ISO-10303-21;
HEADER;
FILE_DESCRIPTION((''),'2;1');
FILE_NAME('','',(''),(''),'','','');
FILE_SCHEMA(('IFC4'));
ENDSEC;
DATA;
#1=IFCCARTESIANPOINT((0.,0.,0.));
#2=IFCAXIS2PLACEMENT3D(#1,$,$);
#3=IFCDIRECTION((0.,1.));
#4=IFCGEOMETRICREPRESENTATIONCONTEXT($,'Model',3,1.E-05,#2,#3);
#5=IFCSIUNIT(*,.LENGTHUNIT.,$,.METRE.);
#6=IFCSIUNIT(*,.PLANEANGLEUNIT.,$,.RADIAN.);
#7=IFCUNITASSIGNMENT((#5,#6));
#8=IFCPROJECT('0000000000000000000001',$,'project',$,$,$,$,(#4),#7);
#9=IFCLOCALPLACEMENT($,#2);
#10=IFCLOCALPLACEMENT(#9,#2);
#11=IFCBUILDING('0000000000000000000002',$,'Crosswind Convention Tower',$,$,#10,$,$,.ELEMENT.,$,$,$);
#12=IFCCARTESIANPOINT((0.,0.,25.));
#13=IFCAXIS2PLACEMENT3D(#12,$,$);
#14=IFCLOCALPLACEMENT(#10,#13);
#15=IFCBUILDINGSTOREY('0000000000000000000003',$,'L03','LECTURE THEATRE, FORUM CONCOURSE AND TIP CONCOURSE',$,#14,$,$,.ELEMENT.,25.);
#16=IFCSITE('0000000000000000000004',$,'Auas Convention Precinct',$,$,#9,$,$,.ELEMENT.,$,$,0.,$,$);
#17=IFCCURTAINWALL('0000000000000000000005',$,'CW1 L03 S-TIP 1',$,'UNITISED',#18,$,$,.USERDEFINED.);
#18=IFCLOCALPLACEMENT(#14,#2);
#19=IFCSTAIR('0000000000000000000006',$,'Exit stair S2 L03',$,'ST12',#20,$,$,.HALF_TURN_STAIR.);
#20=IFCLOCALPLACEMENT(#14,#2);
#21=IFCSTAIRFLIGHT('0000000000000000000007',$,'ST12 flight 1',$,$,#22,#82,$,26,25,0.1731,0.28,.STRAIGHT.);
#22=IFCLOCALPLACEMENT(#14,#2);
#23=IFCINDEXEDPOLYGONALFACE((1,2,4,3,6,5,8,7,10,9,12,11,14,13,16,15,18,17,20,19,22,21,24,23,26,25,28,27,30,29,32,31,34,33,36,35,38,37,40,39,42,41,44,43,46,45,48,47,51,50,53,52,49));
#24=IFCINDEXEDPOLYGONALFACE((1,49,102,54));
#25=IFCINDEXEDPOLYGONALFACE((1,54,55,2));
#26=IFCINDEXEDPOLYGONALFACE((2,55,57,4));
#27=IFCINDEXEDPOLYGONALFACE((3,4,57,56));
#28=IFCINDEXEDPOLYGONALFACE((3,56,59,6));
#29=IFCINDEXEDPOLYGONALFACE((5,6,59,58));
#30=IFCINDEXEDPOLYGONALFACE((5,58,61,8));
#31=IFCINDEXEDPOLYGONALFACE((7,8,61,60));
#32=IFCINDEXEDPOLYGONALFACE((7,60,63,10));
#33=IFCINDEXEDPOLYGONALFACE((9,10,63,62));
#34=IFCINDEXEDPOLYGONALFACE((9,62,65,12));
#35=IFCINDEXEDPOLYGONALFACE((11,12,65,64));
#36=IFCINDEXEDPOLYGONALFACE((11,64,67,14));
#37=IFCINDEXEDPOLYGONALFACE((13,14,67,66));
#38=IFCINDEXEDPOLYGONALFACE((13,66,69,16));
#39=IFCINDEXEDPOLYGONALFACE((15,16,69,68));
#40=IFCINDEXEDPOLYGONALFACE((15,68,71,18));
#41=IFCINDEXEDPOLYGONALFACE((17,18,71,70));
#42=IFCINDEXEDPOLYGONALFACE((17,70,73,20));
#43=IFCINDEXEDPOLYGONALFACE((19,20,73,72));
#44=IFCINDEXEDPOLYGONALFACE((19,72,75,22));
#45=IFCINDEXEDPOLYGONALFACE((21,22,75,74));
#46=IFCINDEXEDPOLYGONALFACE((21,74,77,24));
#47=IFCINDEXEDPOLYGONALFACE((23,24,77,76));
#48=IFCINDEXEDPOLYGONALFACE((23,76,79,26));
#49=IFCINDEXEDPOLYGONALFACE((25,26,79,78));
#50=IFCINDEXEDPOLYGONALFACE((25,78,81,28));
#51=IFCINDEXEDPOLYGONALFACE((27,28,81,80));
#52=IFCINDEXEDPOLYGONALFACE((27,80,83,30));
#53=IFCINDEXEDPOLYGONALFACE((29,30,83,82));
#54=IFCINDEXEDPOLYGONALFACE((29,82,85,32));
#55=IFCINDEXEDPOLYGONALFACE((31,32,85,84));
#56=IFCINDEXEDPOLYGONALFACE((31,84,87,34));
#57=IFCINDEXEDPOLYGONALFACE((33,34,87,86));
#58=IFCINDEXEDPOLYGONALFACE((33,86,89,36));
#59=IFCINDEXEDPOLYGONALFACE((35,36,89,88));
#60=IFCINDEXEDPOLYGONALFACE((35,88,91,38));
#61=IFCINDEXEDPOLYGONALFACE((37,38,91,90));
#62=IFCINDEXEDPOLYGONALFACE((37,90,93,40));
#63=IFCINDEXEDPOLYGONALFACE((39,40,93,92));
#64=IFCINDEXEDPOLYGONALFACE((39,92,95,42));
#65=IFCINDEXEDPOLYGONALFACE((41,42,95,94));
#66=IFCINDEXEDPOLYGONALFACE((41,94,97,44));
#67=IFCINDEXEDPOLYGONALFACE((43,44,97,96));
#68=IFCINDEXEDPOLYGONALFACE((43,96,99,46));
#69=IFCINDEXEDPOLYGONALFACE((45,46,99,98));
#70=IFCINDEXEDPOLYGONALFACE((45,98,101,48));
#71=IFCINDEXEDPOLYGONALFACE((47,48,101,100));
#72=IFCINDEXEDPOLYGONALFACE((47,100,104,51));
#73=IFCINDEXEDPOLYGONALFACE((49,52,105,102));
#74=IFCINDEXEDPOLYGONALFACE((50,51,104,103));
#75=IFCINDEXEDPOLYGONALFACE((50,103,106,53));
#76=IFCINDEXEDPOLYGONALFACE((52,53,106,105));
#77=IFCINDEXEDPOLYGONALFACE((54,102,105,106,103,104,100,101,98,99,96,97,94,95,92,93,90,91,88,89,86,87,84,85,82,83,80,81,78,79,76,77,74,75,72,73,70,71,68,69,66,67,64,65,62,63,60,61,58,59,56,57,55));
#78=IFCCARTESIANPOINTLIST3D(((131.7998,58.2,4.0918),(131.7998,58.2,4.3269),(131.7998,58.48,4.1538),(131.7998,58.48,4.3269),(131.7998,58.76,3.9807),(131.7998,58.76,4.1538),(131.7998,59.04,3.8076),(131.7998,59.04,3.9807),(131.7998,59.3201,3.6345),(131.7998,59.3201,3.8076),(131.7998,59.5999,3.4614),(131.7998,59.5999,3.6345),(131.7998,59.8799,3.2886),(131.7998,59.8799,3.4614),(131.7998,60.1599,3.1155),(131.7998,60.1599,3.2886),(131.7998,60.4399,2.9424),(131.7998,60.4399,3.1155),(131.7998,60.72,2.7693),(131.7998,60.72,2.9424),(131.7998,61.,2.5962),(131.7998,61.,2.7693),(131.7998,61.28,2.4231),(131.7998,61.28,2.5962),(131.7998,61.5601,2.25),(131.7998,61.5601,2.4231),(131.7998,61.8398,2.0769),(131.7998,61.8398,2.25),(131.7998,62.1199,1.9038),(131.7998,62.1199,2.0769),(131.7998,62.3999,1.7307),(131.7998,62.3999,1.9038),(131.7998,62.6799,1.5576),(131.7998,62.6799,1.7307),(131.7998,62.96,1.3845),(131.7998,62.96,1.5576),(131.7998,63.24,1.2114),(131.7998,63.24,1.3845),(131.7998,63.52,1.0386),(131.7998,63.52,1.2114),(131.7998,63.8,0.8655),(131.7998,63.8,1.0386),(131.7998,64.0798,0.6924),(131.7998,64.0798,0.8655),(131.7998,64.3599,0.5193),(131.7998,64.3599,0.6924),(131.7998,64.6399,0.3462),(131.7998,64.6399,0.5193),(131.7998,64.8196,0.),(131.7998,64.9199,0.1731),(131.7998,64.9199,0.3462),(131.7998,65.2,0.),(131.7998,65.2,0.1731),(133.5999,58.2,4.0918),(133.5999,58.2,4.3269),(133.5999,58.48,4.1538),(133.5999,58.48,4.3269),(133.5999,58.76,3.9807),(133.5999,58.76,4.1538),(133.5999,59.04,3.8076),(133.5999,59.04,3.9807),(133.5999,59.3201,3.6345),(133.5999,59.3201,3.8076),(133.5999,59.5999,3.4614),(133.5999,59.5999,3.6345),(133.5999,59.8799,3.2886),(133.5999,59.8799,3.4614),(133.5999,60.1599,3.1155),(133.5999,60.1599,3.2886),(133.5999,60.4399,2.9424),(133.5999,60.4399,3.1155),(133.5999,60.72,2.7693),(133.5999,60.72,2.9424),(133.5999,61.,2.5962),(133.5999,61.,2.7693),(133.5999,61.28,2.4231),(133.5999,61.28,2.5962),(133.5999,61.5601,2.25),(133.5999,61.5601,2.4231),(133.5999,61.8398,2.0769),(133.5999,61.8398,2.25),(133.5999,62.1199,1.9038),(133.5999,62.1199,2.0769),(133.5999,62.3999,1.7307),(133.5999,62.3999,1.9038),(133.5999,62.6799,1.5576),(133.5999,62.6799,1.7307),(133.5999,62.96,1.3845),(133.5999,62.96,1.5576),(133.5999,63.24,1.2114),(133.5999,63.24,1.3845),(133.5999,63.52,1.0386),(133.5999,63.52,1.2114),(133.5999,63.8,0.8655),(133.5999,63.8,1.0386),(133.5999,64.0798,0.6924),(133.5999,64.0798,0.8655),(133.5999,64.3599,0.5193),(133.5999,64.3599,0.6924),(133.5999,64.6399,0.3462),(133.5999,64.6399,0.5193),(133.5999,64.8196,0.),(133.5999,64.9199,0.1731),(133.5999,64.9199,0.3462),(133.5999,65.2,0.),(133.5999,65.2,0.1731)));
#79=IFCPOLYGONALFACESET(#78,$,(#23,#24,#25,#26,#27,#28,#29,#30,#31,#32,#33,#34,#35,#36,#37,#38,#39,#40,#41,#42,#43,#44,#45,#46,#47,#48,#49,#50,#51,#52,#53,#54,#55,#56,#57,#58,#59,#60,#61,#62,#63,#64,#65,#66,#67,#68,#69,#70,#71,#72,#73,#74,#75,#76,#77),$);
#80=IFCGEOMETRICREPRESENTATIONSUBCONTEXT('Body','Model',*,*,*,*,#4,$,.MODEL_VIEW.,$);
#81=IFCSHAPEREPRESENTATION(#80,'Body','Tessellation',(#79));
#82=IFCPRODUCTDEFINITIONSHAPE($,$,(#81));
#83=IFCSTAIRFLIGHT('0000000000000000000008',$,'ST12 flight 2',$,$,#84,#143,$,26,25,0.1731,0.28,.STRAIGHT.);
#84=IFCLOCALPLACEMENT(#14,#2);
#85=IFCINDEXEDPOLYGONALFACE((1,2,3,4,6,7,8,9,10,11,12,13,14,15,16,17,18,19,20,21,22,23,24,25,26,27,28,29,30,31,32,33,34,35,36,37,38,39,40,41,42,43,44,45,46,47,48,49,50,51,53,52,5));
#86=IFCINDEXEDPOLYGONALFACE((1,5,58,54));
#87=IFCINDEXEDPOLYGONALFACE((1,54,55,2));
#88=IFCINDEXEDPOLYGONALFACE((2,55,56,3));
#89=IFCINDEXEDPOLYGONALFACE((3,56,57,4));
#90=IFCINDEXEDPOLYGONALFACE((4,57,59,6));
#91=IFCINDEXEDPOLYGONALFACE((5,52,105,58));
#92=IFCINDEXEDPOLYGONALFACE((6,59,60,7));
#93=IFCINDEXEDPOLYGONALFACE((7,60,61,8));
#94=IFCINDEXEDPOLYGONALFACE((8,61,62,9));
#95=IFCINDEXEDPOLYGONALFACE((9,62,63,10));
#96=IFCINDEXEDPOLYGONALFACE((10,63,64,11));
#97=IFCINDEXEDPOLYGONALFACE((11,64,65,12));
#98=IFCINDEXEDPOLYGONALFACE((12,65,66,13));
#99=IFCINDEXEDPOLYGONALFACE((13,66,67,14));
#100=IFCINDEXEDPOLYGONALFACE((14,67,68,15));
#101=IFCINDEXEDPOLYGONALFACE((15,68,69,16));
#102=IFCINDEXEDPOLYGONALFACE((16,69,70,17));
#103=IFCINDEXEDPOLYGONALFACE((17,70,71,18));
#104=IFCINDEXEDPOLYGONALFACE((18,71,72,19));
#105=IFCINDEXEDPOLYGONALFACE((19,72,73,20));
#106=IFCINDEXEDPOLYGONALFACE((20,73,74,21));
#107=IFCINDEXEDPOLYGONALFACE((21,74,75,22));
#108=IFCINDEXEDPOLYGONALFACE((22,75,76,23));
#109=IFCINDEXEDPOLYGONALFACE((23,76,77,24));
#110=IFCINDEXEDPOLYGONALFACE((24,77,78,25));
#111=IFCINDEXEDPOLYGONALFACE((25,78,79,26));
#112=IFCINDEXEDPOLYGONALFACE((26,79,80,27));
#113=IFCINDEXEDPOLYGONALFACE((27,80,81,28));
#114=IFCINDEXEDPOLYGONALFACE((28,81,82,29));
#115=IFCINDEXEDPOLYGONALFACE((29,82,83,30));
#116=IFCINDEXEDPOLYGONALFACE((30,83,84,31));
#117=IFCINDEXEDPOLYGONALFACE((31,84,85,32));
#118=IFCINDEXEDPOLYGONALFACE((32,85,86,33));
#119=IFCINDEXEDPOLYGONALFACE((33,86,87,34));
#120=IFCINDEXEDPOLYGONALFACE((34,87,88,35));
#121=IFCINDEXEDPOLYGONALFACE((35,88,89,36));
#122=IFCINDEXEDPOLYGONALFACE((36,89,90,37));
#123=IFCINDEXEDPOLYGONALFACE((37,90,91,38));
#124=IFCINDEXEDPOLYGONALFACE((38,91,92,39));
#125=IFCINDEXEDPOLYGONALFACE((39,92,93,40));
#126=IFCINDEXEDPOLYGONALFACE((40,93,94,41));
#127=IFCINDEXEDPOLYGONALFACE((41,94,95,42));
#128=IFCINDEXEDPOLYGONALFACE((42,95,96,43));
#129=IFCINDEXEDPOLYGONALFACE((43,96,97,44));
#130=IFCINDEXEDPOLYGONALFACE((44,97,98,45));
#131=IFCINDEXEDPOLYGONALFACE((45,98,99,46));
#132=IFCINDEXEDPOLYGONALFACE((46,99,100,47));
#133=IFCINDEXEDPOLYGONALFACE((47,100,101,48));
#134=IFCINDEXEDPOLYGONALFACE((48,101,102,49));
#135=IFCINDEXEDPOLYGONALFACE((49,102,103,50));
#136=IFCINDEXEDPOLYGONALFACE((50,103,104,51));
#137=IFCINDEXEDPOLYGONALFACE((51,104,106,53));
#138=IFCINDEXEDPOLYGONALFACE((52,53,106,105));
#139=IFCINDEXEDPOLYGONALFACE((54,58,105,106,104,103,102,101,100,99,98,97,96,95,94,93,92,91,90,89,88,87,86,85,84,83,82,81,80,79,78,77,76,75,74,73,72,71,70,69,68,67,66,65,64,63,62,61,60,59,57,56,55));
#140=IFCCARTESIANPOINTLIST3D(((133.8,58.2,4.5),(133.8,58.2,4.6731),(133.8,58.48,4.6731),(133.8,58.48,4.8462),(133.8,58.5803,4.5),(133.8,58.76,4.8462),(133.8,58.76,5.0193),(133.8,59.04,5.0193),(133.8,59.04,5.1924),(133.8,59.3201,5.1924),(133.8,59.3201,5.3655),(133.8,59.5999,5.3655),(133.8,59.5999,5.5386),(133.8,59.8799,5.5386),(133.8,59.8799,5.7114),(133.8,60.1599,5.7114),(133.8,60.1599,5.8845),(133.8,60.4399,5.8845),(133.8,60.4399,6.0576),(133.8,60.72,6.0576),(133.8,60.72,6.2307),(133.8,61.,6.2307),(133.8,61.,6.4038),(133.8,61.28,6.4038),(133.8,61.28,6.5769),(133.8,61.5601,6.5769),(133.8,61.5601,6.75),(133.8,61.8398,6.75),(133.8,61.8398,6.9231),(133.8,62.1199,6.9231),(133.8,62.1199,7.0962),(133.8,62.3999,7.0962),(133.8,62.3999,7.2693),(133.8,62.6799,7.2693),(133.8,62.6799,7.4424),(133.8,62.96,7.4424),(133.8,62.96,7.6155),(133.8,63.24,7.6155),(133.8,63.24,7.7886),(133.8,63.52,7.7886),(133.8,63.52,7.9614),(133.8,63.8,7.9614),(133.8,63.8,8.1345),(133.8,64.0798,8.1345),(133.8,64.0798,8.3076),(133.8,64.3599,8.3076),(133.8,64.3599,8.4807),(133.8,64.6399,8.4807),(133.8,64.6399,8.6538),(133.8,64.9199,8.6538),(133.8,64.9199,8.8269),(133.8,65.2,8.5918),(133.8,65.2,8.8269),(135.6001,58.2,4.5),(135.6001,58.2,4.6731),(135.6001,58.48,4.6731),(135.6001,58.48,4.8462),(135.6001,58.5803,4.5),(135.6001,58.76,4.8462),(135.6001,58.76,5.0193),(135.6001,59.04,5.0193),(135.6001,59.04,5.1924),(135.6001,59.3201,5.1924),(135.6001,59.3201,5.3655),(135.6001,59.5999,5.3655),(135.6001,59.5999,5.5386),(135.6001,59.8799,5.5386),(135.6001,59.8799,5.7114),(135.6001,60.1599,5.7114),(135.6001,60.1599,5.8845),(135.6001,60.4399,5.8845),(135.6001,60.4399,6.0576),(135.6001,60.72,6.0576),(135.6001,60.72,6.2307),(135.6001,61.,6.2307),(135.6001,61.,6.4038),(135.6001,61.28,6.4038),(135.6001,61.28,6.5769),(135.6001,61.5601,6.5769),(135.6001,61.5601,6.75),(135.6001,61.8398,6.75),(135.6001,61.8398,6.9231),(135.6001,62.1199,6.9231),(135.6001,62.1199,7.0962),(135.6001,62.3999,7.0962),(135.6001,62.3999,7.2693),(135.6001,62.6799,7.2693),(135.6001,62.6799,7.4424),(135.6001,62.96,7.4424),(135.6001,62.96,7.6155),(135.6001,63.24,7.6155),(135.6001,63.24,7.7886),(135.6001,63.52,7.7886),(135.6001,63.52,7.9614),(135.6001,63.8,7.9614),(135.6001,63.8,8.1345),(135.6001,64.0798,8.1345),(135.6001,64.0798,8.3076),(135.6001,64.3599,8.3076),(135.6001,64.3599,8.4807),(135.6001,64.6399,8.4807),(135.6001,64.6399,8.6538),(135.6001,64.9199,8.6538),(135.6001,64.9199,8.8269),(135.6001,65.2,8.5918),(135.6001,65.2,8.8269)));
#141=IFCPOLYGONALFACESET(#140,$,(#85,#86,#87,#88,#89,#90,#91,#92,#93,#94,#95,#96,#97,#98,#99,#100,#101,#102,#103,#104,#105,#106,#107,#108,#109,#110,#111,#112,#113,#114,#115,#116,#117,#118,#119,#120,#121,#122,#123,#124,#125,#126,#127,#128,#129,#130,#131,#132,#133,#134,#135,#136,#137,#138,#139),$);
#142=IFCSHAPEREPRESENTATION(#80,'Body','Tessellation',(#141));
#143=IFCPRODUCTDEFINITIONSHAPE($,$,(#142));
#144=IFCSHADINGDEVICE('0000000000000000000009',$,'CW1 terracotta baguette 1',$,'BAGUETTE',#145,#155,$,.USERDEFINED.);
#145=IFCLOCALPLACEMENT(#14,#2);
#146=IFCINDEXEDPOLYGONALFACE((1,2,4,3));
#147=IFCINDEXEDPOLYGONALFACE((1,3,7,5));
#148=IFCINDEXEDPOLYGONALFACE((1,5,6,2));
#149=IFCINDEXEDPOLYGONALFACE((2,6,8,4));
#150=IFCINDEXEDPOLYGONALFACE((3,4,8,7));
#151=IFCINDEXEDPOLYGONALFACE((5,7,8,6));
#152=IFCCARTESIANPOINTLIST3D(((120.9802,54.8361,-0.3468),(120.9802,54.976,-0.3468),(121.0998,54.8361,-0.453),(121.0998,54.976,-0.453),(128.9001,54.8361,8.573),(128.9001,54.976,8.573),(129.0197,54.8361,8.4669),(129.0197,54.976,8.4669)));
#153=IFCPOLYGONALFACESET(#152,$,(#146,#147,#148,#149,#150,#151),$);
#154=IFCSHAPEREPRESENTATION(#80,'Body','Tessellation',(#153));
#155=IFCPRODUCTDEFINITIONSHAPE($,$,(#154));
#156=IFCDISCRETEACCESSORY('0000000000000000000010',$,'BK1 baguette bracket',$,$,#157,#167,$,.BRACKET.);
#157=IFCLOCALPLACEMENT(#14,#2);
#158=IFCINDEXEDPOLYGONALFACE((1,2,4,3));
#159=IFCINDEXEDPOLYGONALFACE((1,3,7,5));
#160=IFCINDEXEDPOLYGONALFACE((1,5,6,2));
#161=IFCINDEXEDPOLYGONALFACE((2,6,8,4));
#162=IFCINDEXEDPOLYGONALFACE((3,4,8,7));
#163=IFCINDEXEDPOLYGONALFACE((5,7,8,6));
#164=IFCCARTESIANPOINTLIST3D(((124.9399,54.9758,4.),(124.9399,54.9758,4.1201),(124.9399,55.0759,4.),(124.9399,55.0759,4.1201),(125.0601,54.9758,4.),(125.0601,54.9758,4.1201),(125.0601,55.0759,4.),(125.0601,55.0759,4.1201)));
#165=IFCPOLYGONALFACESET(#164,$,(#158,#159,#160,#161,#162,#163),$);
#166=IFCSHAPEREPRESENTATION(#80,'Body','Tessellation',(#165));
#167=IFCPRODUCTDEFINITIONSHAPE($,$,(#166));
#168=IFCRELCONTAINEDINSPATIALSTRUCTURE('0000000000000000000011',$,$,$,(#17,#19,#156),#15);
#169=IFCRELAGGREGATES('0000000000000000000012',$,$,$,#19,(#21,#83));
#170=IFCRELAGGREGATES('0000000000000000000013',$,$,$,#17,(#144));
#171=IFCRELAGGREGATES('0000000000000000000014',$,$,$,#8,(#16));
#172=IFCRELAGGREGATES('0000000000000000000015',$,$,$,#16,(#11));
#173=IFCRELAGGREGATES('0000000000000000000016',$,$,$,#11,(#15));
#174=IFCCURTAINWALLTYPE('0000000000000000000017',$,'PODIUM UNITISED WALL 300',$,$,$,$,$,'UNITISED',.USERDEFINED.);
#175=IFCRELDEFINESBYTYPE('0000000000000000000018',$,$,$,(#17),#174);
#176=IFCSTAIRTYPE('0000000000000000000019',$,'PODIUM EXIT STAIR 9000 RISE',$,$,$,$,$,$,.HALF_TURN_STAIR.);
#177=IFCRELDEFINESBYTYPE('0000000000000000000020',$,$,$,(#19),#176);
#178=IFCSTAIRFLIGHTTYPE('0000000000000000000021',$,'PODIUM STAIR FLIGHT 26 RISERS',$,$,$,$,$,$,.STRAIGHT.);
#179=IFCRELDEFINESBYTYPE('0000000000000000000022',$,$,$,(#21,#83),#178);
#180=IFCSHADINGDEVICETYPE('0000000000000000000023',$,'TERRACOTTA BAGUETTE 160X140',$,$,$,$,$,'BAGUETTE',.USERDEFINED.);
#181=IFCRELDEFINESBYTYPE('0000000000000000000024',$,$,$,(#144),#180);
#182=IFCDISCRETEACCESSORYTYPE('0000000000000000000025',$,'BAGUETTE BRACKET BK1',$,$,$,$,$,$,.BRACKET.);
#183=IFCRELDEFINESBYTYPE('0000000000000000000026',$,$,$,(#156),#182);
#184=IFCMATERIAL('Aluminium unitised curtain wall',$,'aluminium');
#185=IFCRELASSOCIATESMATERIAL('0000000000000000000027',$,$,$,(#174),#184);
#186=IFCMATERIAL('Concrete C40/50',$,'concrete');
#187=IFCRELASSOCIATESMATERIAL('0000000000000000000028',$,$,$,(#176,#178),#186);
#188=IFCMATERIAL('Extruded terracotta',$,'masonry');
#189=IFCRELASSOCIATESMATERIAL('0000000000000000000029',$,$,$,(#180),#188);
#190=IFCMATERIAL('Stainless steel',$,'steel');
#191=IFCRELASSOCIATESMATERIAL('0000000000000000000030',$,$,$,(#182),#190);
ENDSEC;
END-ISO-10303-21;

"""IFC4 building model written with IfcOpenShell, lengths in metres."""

from ifc_helpers import new_model, si_unit, direction, frame, origin, origin_2d, place, context, subcontext, project, spatial, polyline, rectangle, outline, extrude, material, material_profile, profile_set, type_object, element, aggregate, save


model = new_model("IFC4")

# Units and contexts
model_context = context("Model", 3, precision=1e-05, world=origin(), true_north=direction((0.0, 1.0)))
body_context = subcontext(model_context, "Body", "Model", "MODEL_VIEW")
ifc_project = project(units=[si_unit("LENGTHUNIT", "METRE"), si_unit("PLANEANGLEUNIT", "RADIAN")], contexts=[model_context])

# Site, building, storey
site_placement = place(None, origin())
site = spatial("IfcSite", under=ifc_project, at=site_placement, Name="Auas Convention Precinct", CompositionType="ELEMENT", RefElevation=0.0)
building_placement = place(site_placement, origin())
building = spatial("IfcBuilding", under=site, at=building_placement, Name="Crosswind Convention Tower", CompositionType="ELEMENT")
storey_placement = place(building_placement, frame((0.0, 0.0, 25.0)))
storey = spatial("IfcBuildingStorey", under=building, at=storey_placement, Name="L03", Description="LECTURE THEATRE, FORUM CONCOURSE AND TIP CONCOURSE", CompositionType="ELEMENT", Elevation=25.0)

# Curtain wall
ifc_material_1 = material(Name="Aluminium unitised curtain wall", Category="aluminium")
curtain_wall_type = type_object("IfcCurtainWallType", Name="PODIUM UNITISED WALL 300", ElementType="UNITISED", PredefinedType="USERDEFINED", material=ifc_material_1)
curtain_wall_1_placement = place(storey_placement, origin())
curtain_wall_1 = element("IfcCurtainWall", 1, at=curtain_wall_1_placement, inside=storey, type_object=curtain_wall_type, Name="CW1 L03 S-TIP 1", ObjectType="UNITISED", PredefinedType="USERDEFINED")

# Shared definitions
ifc_material_2 = material(Name="Concrete C40/50", Category="concrete")

# Stair, stair flights
stair_type = type_object("IfcStairType", Name="PODIUM EXIT STAIR 9000 RISE", PredefinedType="HALF_TURN_STAIR", material=ifc_material_2)
stair_placement = place(storey_placement, origin())
stair = element("IfcStair", 2, at=stair_placement, inside=storey, type_object=stair_type, Name="Exit stair S2 L03", ObjectType="ST12", PredefinedType="HALF_TURN_STAIR")
stair_flight_type = type_object("IfcStairFlightType", Name="PODIUM STAIR FLIGHT 26 RISERS", PredefinedType="STRAIGHT", material=ifc_material_2)
stair_flight_1_placement = place(storey_placement, frame((132.7, 65.2, 0.0), z_axis=(0.0, 0.0, 1.0), x_axis=(0.0, -1.0, 0.0)))
stair_flight_1 = element("IfcStairFlight", 3, at=stair_flight_1_placement, type_object=stair_flight_type, Name="ST12 flight 1", NumberOfRisers=26, NumberOfTreads=25, PredefinedType="STRAIGHT", RiserHeight=0.1731, TreadLength=0.28, context=body_context, shape_type="SweptSolid", body=[
    extrude(outline(polyline([(0.0, 0.0), (0.0, 0.1731), (0.28, 0.1731), (0.28, 0.3462), (0.5601, 0.3462), (0.5601, 0.5193), (0.8401, 0.5193), (0.8401, 0.6924), (1.1201, 0.6924), (1.1201, 0.8655), (1.3999, 0.8655), (1.3999, 1.0386), (1.6799, 1.0386), (1.6799, 1.2114), (1.96, 1.2114), (1.96, 1.3845), (2.24, 1.3845), (2.24, 1.5576), (2.52, 1.5576), (2.52, 1.7307), (2.8, 1.7307), (2.8, 1.9038), (3.0801, 1.9038), (3.0801, 2.0769), (3.3601, 2.0769), (3.3601, 2.25), (3.6399, 2.25), (3.6399, 2.4231), (3.9199, 2.4231), (3.9199, 2.5962), (4.2, 2.5962), (4.2, 2.7693), (4.48, 2.7693), (4.48, 2.9424), (4.76, 2.9424), (4.76, 3.1155), (5.04, 3.1155), (5.04, 3.2886), (5.3201, 3.2886), (5.3201, 3.4614), (5.6001, 3.4614), (5.6001, 3.6345), (5.8799, 3.6345), (5.8799, 3.8076), (6.1599, 3.8076), (6.1599, 3.9807), (6.4399, 3.9807), (6.4399, 4.1538), (6.72, 4.1538), (6.72, 4.3269), (7.0, 4.3269), (7.0, 4.5), (7.0, 4.0918), (0.3804, 0.0), (0.0, 0.0)])), frame((0.0, 0.8999, 0.0), z_axis=(0.0, -1.0, 0.0), x_axis=(1.0, 0.0, 0.0)), (0.0, 0.0, 1.0), 1.8),
])
stair_flight_2_placement = place(storey_placement, frame((134.7, 58.2, 4.5), z_axis=(0.0, 0.0, 1.0), x_axis=(0.0, 1.0, 0.0)))
stair_flight_2 = element("IfcStairFlight", 4, at=stair_flight_2_placement, type_object=stair_flight_type, Name="ST12 flight 2", NumberOfRisers=26, NumberOfTreads=25, PredefinedType="STRAIGHT", RiserHeight=0.1731, TreadLength=0.28, context=body_context, shape_type="SweptSolid", body=[
    extrude(outline(polyline([(0.0, 0.0), (0.0, 0.1731), (0.28, 0.1731), (0.28, 0.3462), (0.5601, 0.3462), (0.5601, 0.5193), (0.8401, 0.5193), (0.8401, 0.6924), (1.1201, 0.6924), (1.1201, 0.8655), (1.3999, 0.8655), (1.3999, 1.0386), (1.6799, 1.0386), (1.6799, 1.2114), (1.96, 1.2114), (1.96, 1.3845), (2.24, 1.3845), (2.24, 1.5576), (2.52, 1.5576), (2.52, 1.7307), (2.8, 1.7307), (2.8, 1.9038), (3.0801, 1.9038), (3.0801, 2.0769), (3.3601, 2.0769), (3.3601, 2.25), (3.6399, 2.25), (3.6399, 2.4231), (3.9199, 2.4231), (3.9199, 2.5962), (4.2, 2.5962), (4.2, 2.7693), (4.48, 2.7693), (4.48, 2.9424), (4.76, 2.9424), (4.76, 3.1155), (5.04, 3.1155), (5.04, 3.2886), (5.3201, 3.2886), (5.3201, 3.4614), (5.6001, 3.4614), (5.6001, 3.6345), (5.8799, 3.6345), (5.8799, 3.8076), (6.1599, 3.8076), (6.1599, 3.9807), (6.4399, 3.9807), (6.4399, 4.1538), (6.72, 4.1538), (6.72, 4.3269), (7.0, 4.3269), (7.0, 4.5), (7.0, 4.0918), (0.3804, 0.0), (0.0, 0.0)])), frame((0.0, 0.8999, 0.0), z_axis=(0.0, -1.0, 0.0), x_axis=(1.0, 0.0, 0.0)), (0.0, 0.0, 1.0), 1.8),
])
aggregate(stair, [stair_flight_1, stair_flight_2])

# Shared definitions
ifc_material_3 = material(Name="Stainless steel", Category="steel")

# Shading device
ifc_material_4 = material(Name="Extruded terracotta", Category="masonry")
ifc_material_profile_1 = material_profile(ifc_material_4, rectangle(XDim=0.1399, YDim=0.1599, at=origin_2d()), Name="TC 140X160")
ifc_profile_set_1 = profile_set([ifc_material_profile_1], Name="Extruded terracotta")
shading_device_type = type_object("IfcShadingDeviceType", Name="TERRACOTTA BAGUETTE 160X140", ElementType="BAGUETTE", PredefinedType="USERDEFINED", material=ifc_profile_set_1)
shading_device_placement = place(storey_placement, frame((121.04, 54.906, -0.3999), z_axis=(0.663947, 0.0, 0.74778), x_axis=(0.0, 1.0, 0.0)))
shading_device = element("IfcShadingDevice", 5, at=shading_device_placement, type_object=shading_device_type, Name="CW1 terracotta baguette 1", ObjectType="BAGUETTE", PredefinedType="USERDEFINED", context=body_context, shape_type="SweptSolid", body=[
    extrude(rectangle(XDim=0.1399, YDim=0.1599, at=origin_2d()), origin(), (0.0, 0.0, 1.0), 11.9285),
])
aggregate(curtain_wall_1, [shading_device])

# Discrete accessory
discrete_accessory_type = type_object("IfcDiscreteAccessoryType", Name="BAGUETTE BRACKET BK1", PredefinedType="BRACKET", material=ifc_material_3)
discrete_accessory_placement = place(storey_placement, frame((125.0, 55.0259, 4.0), z_axis=(0.0, 0.0, 1.0), x_axis=(1.0, 0.0, 0.0)))
element("IfcDiscreteAccessory", 6, at=discrete_accessory_placement, inside=storey, type_object=discrete_accessory_type, Name="BK1 baguette bracket", PredefinedType="BRACKET", context=body_context, shape_type="SweptSolid", body=[
    extrude(rectangle(XDim=0.1201, YDim=0.1001, at=origin_2d()), origin(), (0.0, 0.0, 1.0), 0.1201),
])

save(model, "model.ifc")
